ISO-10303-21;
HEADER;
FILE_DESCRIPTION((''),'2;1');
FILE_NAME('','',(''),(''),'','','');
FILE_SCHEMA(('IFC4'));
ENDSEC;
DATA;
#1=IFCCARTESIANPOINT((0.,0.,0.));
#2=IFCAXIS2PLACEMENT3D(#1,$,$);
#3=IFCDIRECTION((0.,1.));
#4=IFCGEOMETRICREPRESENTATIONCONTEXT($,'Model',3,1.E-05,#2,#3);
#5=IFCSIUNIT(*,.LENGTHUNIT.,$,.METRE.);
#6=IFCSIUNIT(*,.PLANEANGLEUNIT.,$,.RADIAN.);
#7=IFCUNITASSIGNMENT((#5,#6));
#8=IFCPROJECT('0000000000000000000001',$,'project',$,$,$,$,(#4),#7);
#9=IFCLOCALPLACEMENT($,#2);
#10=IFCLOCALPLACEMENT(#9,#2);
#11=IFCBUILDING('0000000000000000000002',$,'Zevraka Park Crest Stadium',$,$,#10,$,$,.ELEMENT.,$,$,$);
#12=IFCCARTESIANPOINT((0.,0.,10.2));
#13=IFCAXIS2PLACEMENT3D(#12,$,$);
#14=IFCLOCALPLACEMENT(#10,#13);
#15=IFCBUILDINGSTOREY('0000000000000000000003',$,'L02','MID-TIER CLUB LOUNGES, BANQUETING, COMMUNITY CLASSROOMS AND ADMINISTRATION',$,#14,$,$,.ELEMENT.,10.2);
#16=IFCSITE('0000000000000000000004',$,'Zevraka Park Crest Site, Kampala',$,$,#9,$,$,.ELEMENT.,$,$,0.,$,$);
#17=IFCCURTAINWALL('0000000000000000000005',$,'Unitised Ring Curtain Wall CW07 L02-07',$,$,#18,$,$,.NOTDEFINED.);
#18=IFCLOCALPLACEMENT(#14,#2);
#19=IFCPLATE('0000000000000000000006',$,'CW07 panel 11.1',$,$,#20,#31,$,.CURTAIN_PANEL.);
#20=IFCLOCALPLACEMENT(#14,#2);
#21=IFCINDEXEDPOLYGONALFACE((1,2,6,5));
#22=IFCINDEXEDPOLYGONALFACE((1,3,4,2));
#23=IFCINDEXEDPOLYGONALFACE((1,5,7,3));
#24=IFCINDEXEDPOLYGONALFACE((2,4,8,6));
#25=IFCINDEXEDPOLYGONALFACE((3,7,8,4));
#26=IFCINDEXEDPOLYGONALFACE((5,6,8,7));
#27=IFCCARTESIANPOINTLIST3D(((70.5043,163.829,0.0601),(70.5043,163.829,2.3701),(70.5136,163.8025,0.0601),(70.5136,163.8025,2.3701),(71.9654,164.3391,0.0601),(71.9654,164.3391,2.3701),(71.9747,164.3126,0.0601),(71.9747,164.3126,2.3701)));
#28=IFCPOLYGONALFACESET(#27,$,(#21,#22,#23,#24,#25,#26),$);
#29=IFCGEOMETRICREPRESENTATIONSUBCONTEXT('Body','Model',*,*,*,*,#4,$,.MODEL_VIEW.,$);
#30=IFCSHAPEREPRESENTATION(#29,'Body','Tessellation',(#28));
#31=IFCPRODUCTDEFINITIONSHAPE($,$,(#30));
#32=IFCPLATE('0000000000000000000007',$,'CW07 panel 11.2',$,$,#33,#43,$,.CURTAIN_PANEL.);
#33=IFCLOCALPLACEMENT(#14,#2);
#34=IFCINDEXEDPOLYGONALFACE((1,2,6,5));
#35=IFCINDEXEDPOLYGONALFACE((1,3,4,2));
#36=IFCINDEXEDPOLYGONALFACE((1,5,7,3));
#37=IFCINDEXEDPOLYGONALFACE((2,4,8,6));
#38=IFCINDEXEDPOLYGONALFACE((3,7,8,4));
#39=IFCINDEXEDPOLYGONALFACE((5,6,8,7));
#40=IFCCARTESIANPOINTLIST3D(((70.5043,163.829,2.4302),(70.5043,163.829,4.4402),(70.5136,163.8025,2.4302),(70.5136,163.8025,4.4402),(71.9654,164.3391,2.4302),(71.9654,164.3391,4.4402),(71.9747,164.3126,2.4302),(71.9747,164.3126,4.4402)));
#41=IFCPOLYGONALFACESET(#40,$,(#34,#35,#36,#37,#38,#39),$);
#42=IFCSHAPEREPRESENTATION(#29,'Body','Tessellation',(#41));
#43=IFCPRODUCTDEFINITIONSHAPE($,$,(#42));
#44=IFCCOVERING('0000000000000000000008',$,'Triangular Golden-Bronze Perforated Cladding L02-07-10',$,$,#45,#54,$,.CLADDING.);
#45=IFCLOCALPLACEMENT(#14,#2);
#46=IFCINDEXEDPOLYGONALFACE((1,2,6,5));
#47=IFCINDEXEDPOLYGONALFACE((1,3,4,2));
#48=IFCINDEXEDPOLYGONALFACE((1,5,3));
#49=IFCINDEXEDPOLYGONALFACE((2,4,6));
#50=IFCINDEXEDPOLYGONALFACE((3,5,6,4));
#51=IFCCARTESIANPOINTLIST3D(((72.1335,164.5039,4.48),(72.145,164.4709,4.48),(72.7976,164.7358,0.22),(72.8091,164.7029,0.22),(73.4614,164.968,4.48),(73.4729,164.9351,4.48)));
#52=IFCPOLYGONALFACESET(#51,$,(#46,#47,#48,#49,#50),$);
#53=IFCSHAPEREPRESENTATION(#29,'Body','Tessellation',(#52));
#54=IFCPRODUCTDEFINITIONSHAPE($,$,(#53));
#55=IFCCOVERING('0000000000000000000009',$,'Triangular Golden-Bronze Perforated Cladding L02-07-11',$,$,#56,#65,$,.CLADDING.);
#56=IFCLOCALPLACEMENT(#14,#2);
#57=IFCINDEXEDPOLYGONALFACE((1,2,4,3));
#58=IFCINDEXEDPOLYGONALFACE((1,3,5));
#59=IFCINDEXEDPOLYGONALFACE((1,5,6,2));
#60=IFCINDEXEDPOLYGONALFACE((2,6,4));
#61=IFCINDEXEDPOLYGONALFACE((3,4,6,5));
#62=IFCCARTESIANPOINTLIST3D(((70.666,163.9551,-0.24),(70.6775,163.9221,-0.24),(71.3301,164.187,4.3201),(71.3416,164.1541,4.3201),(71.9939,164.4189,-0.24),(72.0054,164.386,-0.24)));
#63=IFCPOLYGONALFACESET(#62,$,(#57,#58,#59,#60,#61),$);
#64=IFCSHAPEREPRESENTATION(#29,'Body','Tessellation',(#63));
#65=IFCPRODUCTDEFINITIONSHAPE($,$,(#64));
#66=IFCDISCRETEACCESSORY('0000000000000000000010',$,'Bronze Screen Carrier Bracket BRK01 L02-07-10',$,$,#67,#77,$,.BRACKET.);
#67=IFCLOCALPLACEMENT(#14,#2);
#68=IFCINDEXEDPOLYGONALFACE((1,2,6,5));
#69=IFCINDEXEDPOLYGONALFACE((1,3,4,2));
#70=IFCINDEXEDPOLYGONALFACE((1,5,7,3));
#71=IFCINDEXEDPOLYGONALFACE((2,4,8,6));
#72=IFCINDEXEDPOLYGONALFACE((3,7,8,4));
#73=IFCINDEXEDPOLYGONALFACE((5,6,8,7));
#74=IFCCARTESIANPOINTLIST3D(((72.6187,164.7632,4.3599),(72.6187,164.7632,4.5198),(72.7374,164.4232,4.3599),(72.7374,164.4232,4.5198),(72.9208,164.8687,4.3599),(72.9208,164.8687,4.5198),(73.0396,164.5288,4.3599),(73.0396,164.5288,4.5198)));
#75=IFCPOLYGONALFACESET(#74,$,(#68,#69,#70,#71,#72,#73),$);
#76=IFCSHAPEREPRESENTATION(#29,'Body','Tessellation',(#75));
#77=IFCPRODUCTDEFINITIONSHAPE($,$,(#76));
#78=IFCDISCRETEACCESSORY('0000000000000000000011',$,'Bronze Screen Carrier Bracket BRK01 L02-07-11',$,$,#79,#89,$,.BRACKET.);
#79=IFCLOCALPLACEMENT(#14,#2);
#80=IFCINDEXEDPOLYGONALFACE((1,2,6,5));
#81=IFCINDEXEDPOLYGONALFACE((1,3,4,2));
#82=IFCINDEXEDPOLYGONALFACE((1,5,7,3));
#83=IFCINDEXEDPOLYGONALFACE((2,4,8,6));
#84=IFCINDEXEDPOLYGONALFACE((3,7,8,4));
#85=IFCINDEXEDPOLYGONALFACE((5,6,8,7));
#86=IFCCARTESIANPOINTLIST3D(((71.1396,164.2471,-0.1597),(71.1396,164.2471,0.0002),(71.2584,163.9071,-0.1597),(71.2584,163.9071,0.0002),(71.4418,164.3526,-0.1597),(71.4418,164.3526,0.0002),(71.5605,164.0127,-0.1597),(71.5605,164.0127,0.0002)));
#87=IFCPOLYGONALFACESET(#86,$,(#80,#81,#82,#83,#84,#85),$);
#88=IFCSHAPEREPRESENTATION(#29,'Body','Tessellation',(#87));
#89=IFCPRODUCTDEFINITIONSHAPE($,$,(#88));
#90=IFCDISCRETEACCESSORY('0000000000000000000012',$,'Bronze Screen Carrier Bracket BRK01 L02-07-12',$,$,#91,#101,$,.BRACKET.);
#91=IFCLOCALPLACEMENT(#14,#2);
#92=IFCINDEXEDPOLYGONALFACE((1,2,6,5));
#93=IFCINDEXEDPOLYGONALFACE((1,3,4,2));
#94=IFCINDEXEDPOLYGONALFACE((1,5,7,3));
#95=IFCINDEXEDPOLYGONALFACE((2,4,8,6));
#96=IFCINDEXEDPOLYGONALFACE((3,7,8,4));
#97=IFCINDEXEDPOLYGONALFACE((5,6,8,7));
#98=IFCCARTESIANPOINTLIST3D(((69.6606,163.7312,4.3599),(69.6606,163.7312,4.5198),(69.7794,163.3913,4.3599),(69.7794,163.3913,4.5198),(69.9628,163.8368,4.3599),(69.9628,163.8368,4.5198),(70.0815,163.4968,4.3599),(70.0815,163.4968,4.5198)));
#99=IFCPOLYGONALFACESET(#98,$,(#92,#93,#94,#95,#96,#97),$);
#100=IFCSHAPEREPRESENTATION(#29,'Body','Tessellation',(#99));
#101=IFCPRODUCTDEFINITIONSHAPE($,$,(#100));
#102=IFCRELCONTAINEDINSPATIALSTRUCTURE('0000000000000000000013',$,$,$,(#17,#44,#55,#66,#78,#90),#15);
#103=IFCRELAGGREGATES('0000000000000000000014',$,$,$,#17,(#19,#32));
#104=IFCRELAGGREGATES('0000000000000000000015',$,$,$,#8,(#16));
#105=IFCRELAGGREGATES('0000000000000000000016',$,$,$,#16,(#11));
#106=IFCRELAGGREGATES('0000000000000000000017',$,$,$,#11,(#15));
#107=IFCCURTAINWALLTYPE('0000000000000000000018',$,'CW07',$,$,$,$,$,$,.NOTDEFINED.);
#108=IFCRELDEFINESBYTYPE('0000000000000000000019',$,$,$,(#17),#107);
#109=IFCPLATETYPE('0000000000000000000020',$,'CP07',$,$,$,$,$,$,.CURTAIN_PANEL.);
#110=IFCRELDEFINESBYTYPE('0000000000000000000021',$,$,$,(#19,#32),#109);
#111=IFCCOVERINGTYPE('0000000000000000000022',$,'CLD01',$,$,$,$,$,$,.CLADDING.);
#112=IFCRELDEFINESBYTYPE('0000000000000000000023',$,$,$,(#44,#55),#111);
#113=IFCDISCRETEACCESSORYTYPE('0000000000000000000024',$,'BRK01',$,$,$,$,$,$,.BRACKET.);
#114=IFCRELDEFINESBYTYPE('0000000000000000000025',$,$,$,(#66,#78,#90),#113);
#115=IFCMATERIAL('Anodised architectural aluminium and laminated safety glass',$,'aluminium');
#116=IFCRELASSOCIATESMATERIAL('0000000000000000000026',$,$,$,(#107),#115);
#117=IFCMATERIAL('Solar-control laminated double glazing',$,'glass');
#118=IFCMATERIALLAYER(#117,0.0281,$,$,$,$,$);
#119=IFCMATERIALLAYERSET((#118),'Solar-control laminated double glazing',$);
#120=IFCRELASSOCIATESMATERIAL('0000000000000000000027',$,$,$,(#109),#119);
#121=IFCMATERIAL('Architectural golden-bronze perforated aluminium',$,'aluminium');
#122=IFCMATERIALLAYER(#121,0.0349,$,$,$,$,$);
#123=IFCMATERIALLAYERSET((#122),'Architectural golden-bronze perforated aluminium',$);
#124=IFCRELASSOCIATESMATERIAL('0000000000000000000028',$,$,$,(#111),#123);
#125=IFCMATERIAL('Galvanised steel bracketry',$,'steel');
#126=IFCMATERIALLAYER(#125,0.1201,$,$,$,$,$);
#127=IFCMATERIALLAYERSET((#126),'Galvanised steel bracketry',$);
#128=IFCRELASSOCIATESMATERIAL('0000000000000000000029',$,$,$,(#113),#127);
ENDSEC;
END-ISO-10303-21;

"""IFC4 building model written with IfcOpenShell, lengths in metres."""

from ifc_helpers import new_model, si_unit, direction, frame, origin, origin_2d, place, context, subcontext, project, spatial, polyline, rectangle, outline, extrude, material, layer, layer_set, type_object, element, aggregate, save


model = new_model("IFC4")

# Units and contexts
model_context = context("Model", 3, precision=1e-05, world=origin(), true_north=direction((0.0, 1.0)))
body_context = subcontext(model_context, "Body", "Model", "MODEL_VIEW")
ifc_project = project(units=[si_unit("LENGTHUNIT", "METRE"), si_unit("PLANEANGLEUNIT", "RADIAN")], contexts=[model_context])

# Site, building, storey
site_placement = place(None, origin())
site = spatial("IfcSite", under=ifc_project, at=site_placement, Name="Zevraka Park Crest Site, Kampala", CompositionType="ELEMENT", RefElevation=0.0)
building_placement = place(site_placement, origin())
building = spatial("IfcBuilding", under=site, at=building_placement, Name="Zevraka Park Crest Stadium", CompositionType="ELEMENT")
storey_placement = place(building_placement, frame((0.0, 0.0, 10.2)))
storey = spatial("IfcBuildingStorey", under=building, at=storey_placement, Name="L02", Description="MID-TIER CLUB LOUNGES, BANQUETING, COMMUNITY CLASSROOMS AND ADMINISTRATION", CompositionType="ELEMENT", Elevation=10.2)

# Curtain wall, plates
ifc_material_1 = material(Name="Anodised architectural aluminium and laminated safety glass", Category="aluminium")
curtain_wall_type = type_object("IfcCurtainWallType", Name="CW07", PredefinedType="NOTDEFINED", material=ifc_material_1)
curtain_wall_placement = place(storey_placement, origin())
curtain_wall = element("IfcCurtainWall", 1, at=curtain_wall_placement, inside=storey, type_object=curtain_wall_type, Name="Unitised Ring Curtain Wall CW07 L02-07", PredefinedType="NOTDEFINED")
ifc_material_2 = material(Name="Solar-control laminated double glazing", Category="glass")
ifc_layer_1 = layer(ifc_material_2, 0.0281)
ifc_layer_set_1 = layer_set([ifc_layer_1], Name="Solar-control laminated double glazing")
plate_type = type_object("IfcPlateType", Name="CP07", PredefinedType="CURTAIN_PANEL", material=ifc_layer_set_1)
plate_1_placement = place(storey_placement, frame((71.2395, 164.0708, 0.0601), z_axis=(0.0, 0.0, 1.0), x_axis=(-0.944114, -0.329619, 0.0)))
plate_1 = element("IfcPlate", 2, at=plate_1_placement, type_object=plate_type, Name="CW07 panel 11.1", PredefinedType="CURTAIN_PANEL", context=body_context, shape_type="SweptSolid", body=[
    extrude(rectangle(XDim=1.5476, YDim=0.0281, at=origin_2d()), origin(), (0.0, 0.0, 1.0), 2.3101),
])
plate_2_placement = place(storey_placement, frame((71.2395, 164.0708, 2.4302), z_axis=(0.0, 0.0, 1.0), x_axis=(-0.944114, -0.329619, 0.0)))
plate_2 = element("IfcPlate", 3, at=plate_2_placement, type_object=plate_type, Name="CW07 panel 11.2", PredefinedType="CURTAIN_PANEL", context=body_context, shape_type="SweptSolid", body=[
    extrude(rectangle(XDim=1.5476, YDim=0.0281, at=origin_2d()), origin(), (0.0, 0.0, 1.0), 2.01),
])
aggregate(curtain_wall, [plate_1, plate_2])

# Coverings
ifc_material_3 = material(Name="Architectural golden-bronze perforated aluminium", Category="aluminium")
ifc_layer_2 = layer(ifc_material_3, 0.0349)
ifc_layer_set_2 = layer_set([ifc_layer_2], Name="Architectural golden-bronze perforated aluminium")
covering_type = type_object("IfcCoveringType", Name="CLD01", PredefinedType="CLADDING", material=ifc_layer_set_2)
covering_1_placement = place(storey_placement, frame((72.145, 164.4709, 4.48), z_axis=(0.329941, -0.944002, 0.000037), x_axis=(0.944002, 0.329941, 0.0)))
element("IfcCovering", 4, at=covering_1_placement, inside=storey, type_object=covering_type, Name="Triangular Golden-Bronze Perforated Cladding L02-07-10", PredefinedType="CLADDING", context=body_context, shape_type="SweptSolid", body=[
    extrude(outline(polyline([(0.0, 0.0), (1.4067, 0.0), (0.7034, -4.26), (0.0, 0.0)])), origin(), (0.0, 0.0, -1.0), 0.0349),
])
covering_2_placement = place(storey_placement, frame((71.9939, 164.4189, -0.24), z_axis=(-0.329786, 0.944056, 0.000009), x_axis=(-0.944056, -0.329786, 0.0)))
element("IfcCovering", 5, at=covering_2_placement, inside=storey, type_object=covering_type, Name="Triangular Golden-Bronze Perforated Cladding L02-07-11", PredefinedType="CLADDING", context=body_context, shape_type="SweptSolid", body=[
    extrude(outline(polyline([(0.0, 0.0), (1.4066, 0.0), (0.7032, 4.5601), (0.0, 0.0)])), origin(), (0.0, 0.0, -1.0), 0.0349),
])

# Discrete accessories
ifc_material_4 = material(Name="Galvanised steel bracketry", Category="steel")
ifc_layer_3 = layer(ifc_material_4, 0.1201)
ifc_layer_set_3 = layer_set([ifc_layer_3], Name="Galvanised steel bracketry")
discrete_accessory_type = type_object("IfcDiscreteAccessoryType", Name="BRK01", PredefinedType="BRACKET", material=ifc_layer_set_3)
for number, where, z_axis, x_axis, name in (
    (6, (72.8291, 164.646, 4.3599), (0.0, 0.0, 1.0), (-0.944089, -0.329691, 0.0), "Bronze Screen Carrier Bracket BRK01 L02-07-10"),
    (7, (71.3501, 164.1299, -0.1597), (0.0, 0.0, 1.0), (-0.944089, -0.329691, 0.0), "Bronze Screen Carrier Bracket BRK01 L02-07-11"),
    (8, (69.8711, 163.614, 4.3599), (0.0, 0.0, 1.0), (-0.944089, -0.329691, 0.0), "Bronze Screen Carrier Bracket BRK01 L02-07-12"),
):
    element("IfcDiscreteAccessory", number, at=place(storey_placement, frame(where, z_axis=z_axis, x_axis=x_axis)), inside=storey, type_object=discrete_accessory_type, Name=name, PredefinedType="BRACKET", context=body_context, shape_type="SweptSolid", body=[
        extrude(rectangle(XDim=0.3201, YDim=0.3601, at=origin_2d()), origin(), (0.0, 0.0, 1.0), 0.1599),
    ])

save(model, "model.ifc")
